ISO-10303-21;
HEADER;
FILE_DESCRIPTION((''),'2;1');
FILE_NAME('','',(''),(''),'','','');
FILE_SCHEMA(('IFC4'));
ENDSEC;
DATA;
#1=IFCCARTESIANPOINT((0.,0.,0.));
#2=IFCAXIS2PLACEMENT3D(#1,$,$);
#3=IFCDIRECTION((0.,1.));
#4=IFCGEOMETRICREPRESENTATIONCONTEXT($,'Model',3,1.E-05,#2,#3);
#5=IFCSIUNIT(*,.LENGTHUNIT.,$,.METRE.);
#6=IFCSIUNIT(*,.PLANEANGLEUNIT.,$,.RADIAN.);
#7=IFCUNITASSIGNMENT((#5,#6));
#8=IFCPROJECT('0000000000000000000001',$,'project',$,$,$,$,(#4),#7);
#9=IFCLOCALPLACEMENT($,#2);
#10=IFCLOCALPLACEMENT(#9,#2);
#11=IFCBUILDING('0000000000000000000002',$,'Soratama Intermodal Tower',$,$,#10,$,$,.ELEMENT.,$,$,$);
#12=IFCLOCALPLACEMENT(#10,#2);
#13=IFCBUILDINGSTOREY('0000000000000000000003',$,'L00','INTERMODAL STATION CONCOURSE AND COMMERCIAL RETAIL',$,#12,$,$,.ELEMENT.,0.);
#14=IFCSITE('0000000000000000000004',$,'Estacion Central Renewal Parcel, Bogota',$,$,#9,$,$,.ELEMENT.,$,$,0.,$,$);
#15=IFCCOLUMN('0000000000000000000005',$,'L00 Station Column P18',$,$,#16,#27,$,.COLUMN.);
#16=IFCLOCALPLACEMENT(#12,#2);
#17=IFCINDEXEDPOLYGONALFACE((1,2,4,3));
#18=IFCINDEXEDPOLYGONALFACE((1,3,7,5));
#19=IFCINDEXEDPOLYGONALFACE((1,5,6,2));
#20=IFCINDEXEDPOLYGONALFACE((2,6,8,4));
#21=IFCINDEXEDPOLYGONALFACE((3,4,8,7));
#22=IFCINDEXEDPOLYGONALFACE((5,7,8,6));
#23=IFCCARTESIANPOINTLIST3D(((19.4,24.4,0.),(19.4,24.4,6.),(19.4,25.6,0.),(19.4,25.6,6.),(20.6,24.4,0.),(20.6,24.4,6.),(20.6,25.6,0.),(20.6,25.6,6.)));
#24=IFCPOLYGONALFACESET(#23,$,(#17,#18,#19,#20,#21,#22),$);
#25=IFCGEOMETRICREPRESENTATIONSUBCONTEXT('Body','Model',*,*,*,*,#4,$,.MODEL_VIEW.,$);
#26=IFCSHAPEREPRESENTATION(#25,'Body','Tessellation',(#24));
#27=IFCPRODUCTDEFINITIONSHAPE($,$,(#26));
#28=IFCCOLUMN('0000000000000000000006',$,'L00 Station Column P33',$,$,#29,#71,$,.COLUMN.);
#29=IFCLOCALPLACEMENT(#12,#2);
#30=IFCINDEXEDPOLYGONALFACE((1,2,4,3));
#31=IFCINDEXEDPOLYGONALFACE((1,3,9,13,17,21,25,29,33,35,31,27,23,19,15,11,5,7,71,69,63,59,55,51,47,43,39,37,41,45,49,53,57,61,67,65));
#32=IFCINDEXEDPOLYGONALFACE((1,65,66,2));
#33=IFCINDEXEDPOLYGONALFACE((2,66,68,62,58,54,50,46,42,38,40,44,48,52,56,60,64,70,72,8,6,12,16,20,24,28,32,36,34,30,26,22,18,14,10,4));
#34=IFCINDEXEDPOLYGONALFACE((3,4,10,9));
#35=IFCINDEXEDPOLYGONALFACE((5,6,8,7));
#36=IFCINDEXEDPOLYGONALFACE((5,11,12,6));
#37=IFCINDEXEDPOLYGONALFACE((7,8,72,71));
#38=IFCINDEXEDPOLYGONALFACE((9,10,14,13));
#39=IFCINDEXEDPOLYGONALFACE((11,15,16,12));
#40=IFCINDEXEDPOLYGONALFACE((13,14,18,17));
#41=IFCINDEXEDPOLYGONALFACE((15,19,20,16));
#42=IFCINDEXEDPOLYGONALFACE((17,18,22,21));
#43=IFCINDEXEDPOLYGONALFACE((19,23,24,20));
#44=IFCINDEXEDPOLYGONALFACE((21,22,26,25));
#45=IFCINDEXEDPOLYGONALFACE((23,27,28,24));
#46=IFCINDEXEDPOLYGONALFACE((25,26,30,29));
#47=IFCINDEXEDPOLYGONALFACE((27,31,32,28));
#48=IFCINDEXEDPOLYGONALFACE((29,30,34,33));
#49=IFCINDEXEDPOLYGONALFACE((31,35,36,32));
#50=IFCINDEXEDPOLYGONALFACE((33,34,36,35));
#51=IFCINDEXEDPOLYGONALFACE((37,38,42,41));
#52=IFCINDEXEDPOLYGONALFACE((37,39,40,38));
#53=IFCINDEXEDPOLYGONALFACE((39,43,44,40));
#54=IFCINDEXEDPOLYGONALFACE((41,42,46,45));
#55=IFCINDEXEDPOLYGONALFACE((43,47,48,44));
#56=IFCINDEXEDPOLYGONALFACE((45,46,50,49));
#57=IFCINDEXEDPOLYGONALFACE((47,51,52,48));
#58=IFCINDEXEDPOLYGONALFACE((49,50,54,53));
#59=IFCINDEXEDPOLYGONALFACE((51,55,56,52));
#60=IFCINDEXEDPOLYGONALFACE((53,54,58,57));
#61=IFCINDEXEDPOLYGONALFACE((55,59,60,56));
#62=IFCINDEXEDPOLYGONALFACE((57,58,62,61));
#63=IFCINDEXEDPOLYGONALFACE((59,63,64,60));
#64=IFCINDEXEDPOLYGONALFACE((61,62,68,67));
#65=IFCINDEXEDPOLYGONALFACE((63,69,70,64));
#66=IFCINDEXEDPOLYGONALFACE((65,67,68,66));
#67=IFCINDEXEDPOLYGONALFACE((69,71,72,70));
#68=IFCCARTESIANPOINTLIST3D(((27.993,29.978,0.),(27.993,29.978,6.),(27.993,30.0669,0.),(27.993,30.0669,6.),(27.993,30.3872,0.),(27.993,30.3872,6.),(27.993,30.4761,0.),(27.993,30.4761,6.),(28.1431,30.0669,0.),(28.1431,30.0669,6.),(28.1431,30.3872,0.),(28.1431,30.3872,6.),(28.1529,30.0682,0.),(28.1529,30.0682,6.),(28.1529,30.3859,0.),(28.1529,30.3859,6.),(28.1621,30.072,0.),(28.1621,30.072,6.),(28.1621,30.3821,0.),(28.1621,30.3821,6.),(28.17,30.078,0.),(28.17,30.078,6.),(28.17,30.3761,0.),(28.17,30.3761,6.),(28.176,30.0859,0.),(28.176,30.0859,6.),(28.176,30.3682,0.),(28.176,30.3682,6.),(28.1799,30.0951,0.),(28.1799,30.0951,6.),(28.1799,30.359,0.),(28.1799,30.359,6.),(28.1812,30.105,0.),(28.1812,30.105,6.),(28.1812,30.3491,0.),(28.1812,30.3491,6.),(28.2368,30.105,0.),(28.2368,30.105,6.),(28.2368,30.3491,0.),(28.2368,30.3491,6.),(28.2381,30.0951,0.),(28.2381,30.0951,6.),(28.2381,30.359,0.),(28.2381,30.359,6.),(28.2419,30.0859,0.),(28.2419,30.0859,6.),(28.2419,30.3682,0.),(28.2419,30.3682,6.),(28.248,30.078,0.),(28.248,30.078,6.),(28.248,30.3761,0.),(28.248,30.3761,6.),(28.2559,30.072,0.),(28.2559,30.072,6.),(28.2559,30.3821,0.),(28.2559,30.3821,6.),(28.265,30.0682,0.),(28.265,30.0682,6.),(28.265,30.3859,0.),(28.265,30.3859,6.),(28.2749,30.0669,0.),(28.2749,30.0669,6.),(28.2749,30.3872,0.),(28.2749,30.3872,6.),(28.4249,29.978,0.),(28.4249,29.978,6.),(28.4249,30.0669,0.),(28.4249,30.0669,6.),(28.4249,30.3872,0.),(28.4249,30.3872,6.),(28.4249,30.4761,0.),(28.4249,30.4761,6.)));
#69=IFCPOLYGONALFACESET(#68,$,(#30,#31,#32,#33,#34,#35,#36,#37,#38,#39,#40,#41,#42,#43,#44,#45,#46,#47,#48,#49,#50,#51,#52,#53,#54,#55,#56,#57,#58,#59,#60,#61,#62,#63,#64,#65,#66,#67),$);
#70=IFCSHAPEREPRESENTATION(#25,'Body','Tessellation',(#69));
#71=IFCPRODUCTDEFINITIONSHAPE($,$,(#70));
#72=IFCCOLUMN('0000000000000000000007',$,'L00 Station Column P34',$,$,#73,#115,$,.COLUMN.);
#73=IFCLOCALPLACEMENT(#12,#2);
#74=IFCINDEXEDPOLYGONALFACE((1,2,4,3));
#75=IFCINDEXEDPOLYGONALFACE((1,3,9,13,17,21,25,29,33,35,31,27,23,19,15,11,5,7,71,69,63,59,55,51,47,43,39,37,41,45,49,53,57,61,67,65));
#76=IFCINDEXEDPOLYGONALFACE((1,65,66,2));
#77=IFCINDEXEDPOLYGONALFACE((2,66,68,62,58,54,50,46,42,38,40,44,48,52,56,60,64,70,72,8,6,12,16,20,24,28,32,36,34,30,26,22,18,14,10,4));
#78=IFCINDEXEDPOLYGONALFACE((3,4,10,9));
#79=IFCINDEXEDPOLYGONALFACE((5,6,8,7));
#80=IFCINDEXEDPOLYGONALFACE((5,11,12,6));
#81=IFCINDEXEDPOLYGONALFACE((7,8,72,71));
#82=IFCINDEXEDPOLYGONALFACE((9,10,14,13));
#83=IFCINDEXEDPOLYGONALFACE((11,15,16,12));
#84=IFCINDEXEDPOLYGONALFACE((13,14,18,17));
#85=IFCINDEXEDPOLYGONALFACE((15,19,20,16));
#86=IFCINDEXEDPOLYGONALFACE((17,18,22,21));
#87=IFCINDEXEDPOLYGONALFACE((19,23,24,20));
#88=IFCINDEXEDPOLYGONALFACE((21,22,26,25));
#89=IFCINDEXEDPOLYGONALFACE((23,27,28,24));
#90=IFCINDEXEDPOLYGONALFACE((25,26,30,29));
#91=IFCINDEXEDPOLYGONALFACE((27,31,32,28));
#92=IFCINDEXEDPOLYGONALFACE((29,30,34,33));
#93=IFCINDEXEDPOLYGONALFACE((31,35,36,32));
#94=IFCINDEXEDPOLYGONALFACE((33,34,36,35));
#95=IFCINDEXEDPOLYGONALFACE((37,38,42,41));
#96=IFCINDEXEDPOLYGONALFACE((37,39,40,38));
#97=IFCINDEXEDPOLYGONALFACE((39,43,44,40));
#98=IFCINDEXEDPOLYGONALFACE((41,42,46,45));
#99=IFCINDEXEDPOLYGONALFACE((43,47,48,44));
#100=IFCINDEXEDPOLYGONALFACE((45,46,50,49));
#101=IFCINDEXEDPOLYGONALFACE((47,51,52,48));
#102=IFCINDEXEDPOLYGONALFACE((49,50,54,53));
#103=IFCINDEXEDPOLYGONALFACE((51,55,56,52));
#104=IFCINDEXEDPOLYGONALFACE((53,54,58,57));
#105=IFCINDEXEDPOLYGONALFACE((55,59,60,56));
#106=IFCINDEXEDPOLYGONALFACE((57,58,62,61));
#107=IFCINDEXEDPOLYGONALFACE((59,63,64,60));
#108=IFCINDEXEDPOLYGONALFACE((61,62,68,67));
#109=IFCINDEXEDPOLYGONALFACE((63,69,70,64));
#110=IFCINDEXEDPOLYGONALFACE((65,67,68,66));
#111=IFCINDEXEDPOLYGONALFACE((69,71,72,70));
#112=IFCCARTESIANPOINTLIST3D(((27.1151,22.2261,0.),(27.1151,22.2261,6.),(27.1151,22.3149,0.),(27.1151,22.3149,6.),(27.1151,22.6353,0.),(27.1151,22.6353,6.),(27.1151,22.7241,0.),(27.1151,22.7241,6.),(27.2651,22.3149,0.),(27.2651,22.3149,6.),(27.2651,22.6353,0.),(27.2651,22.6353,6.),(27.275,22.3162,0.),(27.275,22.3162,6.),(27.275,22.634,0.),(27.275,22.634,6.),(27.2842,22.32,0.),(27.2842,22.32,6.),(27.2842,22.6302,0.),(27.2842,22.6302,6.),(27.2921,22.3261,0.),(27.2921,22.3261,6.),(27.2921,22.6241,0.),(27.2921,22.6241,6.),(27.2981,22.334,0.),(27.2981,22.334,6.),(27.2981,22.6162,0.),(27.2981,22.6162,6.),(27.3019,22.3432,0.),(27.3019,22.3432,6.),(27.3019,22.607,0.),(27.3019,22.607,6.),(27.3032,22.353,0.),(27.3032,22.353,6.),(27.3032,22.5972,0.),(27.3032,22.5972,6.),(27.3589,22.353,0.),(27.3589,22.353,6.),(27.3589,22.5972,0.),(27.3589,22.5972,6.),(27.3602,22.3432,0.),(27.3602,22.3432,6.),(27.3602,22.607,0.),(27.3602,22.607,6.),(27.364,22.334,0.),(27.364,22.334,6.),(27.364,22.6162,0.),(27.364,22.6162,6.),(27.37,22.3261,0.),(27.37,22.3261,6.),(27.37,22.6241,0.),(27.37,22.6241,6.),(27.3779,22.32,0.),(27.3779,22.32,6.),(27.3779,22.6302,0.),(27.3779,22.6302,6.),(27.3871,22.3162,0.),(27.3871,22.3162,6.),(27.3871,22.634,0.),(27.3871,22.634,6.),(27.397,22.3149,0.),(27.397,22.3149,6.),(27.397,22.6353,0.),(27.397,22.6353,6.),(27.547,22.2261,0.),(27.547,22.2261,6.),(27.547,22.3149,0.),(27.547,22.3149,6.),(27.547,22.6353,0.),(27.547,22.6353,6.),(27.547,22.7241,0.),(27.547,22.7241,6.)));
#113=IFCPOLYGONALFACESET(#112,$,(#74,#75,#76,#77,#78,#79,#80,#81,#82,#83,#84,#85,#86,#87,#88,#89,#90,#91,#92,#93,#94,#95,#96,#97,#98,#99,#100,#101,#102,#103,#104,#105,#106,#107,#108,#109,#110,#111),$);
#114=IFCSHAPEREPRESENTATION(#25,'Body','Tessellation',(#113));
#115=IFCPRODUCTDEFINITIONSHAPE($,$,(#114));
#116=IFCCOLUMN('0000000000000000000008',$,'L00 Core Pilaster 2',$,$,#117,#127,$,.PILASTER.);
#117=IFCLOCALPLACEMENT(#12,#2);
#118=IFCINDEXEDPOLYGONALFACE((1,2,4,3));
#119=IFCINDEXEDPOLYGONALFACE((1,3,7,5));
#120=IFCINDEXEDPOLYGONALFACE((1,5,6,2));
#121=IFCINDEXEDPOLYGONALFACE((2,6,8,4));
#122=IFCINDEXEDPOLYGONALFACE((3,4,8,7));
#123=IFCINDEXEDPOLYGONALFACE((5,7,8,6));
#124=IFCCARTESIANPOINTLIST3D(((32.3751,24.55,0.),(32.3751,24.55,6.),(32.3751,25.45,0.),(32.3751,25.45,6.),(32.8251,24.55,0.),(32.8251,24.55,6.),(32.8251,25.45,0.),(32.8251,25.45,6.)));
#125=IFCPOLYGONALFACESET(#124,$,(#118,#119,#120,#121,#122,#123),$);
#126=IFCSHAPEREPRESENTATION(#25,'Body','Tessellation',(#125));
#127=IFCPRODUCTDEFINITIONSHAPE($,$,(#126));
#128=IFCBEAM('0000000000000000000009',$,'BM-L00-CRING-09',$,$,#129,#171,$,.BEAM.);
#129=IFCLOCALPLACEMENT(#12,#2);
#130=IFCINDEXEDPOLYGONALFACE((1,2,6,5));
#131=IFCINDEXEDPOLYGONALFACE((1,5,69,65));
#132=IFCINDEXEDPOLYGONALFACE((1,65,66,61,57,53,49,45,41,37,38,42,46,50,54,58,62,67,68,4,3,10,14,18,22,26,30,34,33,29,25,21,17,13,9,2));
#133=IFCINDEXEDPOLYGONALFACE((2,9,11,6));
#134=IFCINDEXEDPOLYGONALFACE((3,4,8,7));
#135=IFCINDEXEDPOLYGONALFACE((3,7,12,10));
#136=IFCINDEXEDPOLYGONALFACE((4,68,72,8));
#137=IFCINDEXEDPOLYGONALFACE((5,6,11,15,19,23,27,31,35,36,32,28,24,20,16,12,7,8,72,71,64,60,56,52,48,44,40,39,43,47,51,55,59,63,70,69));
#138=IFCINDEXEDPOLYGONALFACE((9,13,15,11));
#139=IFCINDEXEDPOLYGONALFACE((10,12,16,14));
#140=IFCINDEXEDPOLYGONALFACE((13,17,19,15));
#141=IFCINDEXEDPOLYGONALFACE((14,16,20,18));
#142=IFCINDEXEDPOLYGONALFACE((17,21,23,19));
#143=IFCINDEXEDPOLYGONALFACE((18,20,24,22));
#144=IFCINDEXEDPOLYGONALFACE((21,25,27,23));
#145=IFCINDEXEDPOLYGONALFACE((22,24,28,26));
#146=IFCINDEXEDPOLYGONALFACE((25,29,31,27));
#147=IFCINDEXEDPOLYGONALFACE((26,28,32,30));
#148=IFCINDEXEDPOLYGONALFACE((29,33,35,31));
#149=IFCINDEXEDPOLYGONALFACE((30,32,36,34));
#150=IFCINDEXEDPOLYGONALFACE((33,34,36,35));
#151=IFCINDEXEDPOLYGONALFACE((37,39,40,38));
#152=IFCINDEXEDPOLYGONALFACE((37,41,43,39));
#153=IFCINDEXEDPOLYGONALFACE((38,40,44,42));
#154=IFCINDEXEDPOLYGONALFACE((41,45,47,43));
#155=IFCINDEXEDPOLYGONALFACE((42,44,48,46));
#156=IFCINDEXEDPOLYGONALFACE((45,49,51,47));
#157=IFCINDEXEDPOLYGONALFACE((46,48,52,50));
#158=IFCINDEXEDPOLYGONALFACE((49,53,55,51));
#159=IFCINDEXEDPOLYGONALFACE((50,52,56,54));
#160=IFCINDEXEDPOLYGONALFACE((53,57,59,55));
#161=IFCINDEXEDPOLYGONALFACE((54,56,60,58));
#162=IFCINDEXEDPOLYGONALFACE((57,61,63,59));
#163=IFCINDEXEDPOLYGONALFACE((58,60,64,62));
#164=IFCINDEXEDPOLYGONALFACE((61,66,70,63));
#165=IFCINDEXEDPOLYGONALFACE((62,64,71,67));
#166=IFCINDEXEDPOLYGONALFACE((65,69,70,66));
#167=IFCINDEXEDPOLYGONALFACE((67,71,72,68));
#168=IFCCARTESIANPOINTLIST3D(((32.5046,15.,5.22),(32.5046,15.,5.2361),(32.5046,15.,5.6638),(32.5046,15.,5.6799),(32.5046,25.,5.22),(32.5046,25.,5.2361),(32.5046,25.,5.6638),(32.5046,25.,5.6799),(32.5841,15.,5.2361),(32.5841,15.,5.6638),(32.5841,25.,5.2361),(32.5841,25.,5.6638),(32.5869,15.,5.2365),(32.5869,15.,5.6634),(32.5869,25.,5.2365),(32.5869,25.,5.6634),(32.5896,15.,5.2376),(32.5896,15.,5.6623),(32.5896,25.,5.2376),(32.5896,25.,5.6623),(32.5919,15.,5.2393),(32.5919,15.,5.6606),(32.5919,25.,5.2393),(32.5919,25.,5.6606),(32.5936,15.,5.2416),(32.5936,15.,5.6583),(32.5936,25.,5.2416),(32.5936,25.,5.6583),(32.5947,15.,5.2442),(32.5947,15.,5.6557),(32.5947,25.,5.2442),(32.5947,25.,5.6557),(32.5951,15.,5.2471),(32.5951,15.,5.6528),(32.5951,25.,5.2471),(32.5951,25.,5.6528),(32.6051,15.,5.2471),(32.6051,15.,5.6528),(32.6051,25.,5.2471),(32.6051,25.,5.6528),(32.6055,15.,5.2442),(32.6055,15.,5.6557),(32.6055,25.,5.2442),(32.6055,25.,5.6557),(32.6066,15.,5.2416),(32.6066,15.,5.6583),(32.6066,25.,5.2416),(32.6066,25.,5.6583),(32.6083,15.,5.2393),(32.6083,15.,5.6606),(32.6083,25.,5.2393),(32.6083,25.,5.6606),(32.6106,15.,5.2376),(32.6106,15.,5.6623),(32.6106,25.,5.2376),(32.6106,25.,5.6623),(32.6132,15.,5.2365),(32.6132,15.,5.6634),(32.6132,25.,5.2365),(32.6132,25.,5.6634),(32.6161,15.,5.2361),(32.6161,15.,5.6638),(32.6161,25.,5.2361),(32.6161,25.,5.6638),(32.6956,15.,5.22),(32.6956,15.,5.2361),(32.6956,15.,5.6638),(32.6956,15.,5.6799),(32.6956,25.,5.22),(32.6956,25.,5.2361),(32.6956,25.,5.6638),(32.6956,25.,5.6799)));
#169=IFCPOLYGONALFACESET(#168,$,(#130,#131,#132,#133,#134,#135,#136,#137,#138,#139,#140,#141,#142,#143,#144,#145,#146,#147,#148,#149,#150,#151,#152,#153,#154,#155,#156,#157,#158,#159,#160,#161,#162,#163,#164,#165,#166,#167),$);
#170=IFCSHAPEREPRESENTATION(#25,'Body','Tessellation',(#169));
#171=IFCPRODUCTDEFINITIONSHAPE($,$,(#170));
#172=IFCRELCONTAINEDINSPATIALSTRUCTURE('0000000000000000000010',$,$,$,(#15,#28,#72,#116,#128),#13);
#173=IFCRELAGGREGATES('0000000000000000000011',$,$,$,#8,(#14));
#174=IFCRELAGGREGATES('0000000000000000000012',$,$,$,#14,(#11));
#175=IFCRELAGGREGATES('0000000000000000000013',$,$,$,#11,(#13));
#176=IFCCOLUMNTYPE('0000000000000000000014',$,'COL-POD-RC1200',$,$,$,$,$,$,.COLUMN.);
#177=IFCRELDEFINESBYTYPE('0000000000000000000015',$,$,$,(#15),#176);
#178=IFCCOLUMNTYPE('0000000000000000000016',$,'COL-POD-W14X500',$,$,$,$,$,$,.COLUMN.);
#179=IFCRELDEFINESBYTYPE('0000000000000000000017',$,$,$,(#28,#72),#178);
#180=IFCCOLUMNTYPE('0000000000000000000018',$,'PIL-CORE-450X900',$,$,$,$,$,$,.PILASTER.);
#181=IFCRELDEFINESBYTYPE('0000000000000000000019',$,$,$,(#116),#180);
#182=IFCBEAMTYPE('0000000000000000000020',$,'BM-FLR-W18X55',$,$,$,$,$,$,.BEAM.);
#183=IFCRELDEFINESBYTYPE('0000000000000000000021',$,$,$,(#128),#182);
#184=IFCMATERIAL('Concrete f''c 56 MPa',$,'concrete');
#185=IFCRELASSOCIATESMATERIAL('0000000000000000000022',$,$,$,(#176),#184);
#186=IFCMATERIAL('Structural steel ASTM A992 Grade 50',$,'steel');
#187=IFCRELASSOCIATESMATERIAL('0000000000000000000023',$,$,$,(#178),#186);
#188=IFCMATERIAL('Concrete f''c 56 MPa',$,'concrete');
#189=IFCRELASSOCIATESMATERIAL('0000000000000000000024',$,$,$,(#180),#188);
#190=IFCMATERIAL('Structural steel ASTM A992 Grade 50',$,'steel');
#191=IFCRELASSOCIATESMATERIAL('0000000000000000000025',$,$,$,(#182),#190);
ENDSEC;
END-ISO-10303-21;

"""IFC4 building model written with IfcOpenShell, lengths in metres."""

from ifc_helpers import new_model, si_unit, direction, frame, origin, origin_2d, place, context, subcontext, project, spatial, rectangle, i_section, extrude, material, material_profile, profile_set, type_object, element, save


model = new_model("IFC4")

# Units and contexts
model_context = context("Model", 3, precision=1e-05, world=origin(), true_north=direction((0.0, 1.0)))
body_context = subcontext(model_context, "Body", "Model", "MODEL_VIEW")
ifc_project = project(units=[si_unit("LENGTHUNIT", "METRE"), si_unit("PLANEANGLEUNIT", "RADIAN")], contexts=[model_context])

# Site, building, storey
site_placement = place(None, origin())
site = spatial("IfcSite", under=ifc_project, at=site_placement, Name="Estacion Central Renewal Parcel, Bogota", CompositionType="ELEMENT", RefElevation=0.0)
building_placement = place(site_placement, origin())
building = spatial("IfcBuilding", under=site, at=building_placement, Name="Soratama Intermodal Tower", CompositionType="ELEMENT")
storey_placement = place(building_placement, origin())
storey = spatial("IfcBuildingStorey", under=building, at=storey_placement, Name="L00", Description="INTERMODAL STATION CONCOURSE AND COMMERCIAL RETAIL", CompositionType="ELEMENT", Elevation=0.0)

# Columns
ifc_material_1 = material(Name="Concrete f'c 56 MPa", Category="concrete")
ifc_material_profile_1 = material_profile(ifc_material_1, rectangle(XDim=1.2, YDim=1.2, at=origin_2d()), Name="RC1200X1200")
ifc_profile_set_1 = profile_set([ifc_material_profile_1], Name="Concrete f'c 56 MPa")
column_type_1 = type_object("IfcColumnType", Name="COL-POD-RC1200", PredefinedType="COLUMN", material=ifc_profile_set_1)
column_1_placement = place(storey_placement, frame((20.0, 25.0, 0.0), z_axis=(0.0, 0.0, 1.0), x_axis=(1.0, 0.0, 0.0)))
element("IfcColumn", 1, at=column_1_placement, inside=storey, type_object=column_type_1, Name="L00 Station Column P18", PredefinedType="COLUMN", context=body_context, shape_type="SweptSolid", body=[
    extrude(rectangle(XDim=1.2, YDim=1.2, at=origin_2d()), origin(), (0.0, 0.0, 1.0), 6.0),
])
ifc_material_2 = material(Name="Structural steel ASTM A992 Grade 50", Category="steel")
ifc_material_profile_2 = material_profile(ifc_material_2, i_section(OverallWidth=0.4319, OverallDepth=0.498, WebThickness=0.0557, FlangeThickness=0.0889, FilletRadius=0.0381, at=origin_2d()), Name="W14X500")
ifc_profile_set_2 = profile_set([ifc_material_profile_2], Name="Structural steel ASTM A992 Grade 50")
column_type_2 = type_object("IfcColumnType", Name="COL-POD-W14X500", PredefinedType="COLUMN", material=ifc_profile_set_2)
for number, where, z_axis, x_axis, name in (
    (2, (28.209, 30.2271, 0.0), (0.0, 0.0, 1.0), (1.0, 0.0, 0.0), "L00 Station Column P33"),
    (3, (27.3311, 22.4751, 0.0), (0.0, 0.0, 1.0), (1.0, 0.0, 0.0), "L00 Station Column P34"),
):
    element("IfcColumn", number, at=place(storey_placement, frame(where, z_axis=z_axis, x_axis=x_axis)), inside=storey, type_object=column_type_2, Name=name, PredefinedType="COLUMN", context=body_context, shape_type="SweptSolid", body=[
        extrude(i_section(OverallWidth=0.4319, OverallDepth=0.498, WebThickness=0.0557, FlangeThickness=0.0889, FilletRadius=0.0381, at=origin_2d()), origin(), (0.0, 0.0, 1.0), 6.0),
    ])
ifc_material_3 = material(Name="Concrete f'c 56 MPa", Category="concrete")
ifc_material_profile_3 = material_profile(ifc_material_3, rectangle(XDim=0.45, YDim=0.8999, at=origin_2d()), Name="RC450X900")
ifc_profile_set_3 = profile_set([ifc_material_profile_3], Name="Concrete f'c 56 MPa")
column_type_3 = type_object("IfcColumnType", Name="PIL-CORE-450X900", PredefinedType="PILASTER", material=ifc_profile_set_3)
column_2_placement = place(storey_placement, frame((32.6001, 25.0, 0.0), z_axis=(0.0, 0.0, 1.0), x_axis=(1.0, 0.0, 0.0)))
element("IfcColumn", 4, at=column_2_placement, inside=storey, type_object=column_type_3, Name="L00 Core Pilaster 2", PredefinedType="PILASTER", context=body_context, shape_type="SweptSolid", body=[
    extrude(rectangle(XDim=0.45, YDim=0.8999, at=origin_2d()), origin(), (0.0, 0.0, 1.0), 6.0),
])

# Beam
ifc_material_4 = material(Name="Structural steel ASTM A992 Grade 50", Category="steel")
ifc_material_profile_4 = material_profile(ifc_material_4, i_section(OverallWidth=0.1909, OverallDepth=0.46, WebThickness=0.01, FlangeThickness=0.0161, FilletRadius=0.011, at=origin_2d()), Name="W18X55")
ifc_profile_set_4 = profile_set([ifc_material_profile_4], Name="Structural steel ASTM A992 Grade 50")
beam_type_1 = type_object("IfcBeamType", Name="BM-FLR-W18X55", PredefinedType="BEAM", material=ifc_profile_set_4)
beam_1_placement = place(storey_placement, frame((32.6001, 25.0, 5.45), z_axis=(0.0, -1.0, 0.0), x_axis=(1.0, 0.0, 0.0)))
element("IfcBeam", 5, at=beam_1_placement, inside=storey, type_object=beam_type_1, Name="BM-L00-CRING-09", PredefinedType="BEAM", context=body_context, shape_type="SweptSolid", body=[
    extrude(i_section(OverallWidth=0.1909, OverallDepth=0.46, WebThickness=0.01, FlangeThickness=0.0161, FilletRadius=0.011, at=origin_2d()), origin(), (0.0, 0.0, 1.0), 10.0),
])

save(model, "model.ifc")
